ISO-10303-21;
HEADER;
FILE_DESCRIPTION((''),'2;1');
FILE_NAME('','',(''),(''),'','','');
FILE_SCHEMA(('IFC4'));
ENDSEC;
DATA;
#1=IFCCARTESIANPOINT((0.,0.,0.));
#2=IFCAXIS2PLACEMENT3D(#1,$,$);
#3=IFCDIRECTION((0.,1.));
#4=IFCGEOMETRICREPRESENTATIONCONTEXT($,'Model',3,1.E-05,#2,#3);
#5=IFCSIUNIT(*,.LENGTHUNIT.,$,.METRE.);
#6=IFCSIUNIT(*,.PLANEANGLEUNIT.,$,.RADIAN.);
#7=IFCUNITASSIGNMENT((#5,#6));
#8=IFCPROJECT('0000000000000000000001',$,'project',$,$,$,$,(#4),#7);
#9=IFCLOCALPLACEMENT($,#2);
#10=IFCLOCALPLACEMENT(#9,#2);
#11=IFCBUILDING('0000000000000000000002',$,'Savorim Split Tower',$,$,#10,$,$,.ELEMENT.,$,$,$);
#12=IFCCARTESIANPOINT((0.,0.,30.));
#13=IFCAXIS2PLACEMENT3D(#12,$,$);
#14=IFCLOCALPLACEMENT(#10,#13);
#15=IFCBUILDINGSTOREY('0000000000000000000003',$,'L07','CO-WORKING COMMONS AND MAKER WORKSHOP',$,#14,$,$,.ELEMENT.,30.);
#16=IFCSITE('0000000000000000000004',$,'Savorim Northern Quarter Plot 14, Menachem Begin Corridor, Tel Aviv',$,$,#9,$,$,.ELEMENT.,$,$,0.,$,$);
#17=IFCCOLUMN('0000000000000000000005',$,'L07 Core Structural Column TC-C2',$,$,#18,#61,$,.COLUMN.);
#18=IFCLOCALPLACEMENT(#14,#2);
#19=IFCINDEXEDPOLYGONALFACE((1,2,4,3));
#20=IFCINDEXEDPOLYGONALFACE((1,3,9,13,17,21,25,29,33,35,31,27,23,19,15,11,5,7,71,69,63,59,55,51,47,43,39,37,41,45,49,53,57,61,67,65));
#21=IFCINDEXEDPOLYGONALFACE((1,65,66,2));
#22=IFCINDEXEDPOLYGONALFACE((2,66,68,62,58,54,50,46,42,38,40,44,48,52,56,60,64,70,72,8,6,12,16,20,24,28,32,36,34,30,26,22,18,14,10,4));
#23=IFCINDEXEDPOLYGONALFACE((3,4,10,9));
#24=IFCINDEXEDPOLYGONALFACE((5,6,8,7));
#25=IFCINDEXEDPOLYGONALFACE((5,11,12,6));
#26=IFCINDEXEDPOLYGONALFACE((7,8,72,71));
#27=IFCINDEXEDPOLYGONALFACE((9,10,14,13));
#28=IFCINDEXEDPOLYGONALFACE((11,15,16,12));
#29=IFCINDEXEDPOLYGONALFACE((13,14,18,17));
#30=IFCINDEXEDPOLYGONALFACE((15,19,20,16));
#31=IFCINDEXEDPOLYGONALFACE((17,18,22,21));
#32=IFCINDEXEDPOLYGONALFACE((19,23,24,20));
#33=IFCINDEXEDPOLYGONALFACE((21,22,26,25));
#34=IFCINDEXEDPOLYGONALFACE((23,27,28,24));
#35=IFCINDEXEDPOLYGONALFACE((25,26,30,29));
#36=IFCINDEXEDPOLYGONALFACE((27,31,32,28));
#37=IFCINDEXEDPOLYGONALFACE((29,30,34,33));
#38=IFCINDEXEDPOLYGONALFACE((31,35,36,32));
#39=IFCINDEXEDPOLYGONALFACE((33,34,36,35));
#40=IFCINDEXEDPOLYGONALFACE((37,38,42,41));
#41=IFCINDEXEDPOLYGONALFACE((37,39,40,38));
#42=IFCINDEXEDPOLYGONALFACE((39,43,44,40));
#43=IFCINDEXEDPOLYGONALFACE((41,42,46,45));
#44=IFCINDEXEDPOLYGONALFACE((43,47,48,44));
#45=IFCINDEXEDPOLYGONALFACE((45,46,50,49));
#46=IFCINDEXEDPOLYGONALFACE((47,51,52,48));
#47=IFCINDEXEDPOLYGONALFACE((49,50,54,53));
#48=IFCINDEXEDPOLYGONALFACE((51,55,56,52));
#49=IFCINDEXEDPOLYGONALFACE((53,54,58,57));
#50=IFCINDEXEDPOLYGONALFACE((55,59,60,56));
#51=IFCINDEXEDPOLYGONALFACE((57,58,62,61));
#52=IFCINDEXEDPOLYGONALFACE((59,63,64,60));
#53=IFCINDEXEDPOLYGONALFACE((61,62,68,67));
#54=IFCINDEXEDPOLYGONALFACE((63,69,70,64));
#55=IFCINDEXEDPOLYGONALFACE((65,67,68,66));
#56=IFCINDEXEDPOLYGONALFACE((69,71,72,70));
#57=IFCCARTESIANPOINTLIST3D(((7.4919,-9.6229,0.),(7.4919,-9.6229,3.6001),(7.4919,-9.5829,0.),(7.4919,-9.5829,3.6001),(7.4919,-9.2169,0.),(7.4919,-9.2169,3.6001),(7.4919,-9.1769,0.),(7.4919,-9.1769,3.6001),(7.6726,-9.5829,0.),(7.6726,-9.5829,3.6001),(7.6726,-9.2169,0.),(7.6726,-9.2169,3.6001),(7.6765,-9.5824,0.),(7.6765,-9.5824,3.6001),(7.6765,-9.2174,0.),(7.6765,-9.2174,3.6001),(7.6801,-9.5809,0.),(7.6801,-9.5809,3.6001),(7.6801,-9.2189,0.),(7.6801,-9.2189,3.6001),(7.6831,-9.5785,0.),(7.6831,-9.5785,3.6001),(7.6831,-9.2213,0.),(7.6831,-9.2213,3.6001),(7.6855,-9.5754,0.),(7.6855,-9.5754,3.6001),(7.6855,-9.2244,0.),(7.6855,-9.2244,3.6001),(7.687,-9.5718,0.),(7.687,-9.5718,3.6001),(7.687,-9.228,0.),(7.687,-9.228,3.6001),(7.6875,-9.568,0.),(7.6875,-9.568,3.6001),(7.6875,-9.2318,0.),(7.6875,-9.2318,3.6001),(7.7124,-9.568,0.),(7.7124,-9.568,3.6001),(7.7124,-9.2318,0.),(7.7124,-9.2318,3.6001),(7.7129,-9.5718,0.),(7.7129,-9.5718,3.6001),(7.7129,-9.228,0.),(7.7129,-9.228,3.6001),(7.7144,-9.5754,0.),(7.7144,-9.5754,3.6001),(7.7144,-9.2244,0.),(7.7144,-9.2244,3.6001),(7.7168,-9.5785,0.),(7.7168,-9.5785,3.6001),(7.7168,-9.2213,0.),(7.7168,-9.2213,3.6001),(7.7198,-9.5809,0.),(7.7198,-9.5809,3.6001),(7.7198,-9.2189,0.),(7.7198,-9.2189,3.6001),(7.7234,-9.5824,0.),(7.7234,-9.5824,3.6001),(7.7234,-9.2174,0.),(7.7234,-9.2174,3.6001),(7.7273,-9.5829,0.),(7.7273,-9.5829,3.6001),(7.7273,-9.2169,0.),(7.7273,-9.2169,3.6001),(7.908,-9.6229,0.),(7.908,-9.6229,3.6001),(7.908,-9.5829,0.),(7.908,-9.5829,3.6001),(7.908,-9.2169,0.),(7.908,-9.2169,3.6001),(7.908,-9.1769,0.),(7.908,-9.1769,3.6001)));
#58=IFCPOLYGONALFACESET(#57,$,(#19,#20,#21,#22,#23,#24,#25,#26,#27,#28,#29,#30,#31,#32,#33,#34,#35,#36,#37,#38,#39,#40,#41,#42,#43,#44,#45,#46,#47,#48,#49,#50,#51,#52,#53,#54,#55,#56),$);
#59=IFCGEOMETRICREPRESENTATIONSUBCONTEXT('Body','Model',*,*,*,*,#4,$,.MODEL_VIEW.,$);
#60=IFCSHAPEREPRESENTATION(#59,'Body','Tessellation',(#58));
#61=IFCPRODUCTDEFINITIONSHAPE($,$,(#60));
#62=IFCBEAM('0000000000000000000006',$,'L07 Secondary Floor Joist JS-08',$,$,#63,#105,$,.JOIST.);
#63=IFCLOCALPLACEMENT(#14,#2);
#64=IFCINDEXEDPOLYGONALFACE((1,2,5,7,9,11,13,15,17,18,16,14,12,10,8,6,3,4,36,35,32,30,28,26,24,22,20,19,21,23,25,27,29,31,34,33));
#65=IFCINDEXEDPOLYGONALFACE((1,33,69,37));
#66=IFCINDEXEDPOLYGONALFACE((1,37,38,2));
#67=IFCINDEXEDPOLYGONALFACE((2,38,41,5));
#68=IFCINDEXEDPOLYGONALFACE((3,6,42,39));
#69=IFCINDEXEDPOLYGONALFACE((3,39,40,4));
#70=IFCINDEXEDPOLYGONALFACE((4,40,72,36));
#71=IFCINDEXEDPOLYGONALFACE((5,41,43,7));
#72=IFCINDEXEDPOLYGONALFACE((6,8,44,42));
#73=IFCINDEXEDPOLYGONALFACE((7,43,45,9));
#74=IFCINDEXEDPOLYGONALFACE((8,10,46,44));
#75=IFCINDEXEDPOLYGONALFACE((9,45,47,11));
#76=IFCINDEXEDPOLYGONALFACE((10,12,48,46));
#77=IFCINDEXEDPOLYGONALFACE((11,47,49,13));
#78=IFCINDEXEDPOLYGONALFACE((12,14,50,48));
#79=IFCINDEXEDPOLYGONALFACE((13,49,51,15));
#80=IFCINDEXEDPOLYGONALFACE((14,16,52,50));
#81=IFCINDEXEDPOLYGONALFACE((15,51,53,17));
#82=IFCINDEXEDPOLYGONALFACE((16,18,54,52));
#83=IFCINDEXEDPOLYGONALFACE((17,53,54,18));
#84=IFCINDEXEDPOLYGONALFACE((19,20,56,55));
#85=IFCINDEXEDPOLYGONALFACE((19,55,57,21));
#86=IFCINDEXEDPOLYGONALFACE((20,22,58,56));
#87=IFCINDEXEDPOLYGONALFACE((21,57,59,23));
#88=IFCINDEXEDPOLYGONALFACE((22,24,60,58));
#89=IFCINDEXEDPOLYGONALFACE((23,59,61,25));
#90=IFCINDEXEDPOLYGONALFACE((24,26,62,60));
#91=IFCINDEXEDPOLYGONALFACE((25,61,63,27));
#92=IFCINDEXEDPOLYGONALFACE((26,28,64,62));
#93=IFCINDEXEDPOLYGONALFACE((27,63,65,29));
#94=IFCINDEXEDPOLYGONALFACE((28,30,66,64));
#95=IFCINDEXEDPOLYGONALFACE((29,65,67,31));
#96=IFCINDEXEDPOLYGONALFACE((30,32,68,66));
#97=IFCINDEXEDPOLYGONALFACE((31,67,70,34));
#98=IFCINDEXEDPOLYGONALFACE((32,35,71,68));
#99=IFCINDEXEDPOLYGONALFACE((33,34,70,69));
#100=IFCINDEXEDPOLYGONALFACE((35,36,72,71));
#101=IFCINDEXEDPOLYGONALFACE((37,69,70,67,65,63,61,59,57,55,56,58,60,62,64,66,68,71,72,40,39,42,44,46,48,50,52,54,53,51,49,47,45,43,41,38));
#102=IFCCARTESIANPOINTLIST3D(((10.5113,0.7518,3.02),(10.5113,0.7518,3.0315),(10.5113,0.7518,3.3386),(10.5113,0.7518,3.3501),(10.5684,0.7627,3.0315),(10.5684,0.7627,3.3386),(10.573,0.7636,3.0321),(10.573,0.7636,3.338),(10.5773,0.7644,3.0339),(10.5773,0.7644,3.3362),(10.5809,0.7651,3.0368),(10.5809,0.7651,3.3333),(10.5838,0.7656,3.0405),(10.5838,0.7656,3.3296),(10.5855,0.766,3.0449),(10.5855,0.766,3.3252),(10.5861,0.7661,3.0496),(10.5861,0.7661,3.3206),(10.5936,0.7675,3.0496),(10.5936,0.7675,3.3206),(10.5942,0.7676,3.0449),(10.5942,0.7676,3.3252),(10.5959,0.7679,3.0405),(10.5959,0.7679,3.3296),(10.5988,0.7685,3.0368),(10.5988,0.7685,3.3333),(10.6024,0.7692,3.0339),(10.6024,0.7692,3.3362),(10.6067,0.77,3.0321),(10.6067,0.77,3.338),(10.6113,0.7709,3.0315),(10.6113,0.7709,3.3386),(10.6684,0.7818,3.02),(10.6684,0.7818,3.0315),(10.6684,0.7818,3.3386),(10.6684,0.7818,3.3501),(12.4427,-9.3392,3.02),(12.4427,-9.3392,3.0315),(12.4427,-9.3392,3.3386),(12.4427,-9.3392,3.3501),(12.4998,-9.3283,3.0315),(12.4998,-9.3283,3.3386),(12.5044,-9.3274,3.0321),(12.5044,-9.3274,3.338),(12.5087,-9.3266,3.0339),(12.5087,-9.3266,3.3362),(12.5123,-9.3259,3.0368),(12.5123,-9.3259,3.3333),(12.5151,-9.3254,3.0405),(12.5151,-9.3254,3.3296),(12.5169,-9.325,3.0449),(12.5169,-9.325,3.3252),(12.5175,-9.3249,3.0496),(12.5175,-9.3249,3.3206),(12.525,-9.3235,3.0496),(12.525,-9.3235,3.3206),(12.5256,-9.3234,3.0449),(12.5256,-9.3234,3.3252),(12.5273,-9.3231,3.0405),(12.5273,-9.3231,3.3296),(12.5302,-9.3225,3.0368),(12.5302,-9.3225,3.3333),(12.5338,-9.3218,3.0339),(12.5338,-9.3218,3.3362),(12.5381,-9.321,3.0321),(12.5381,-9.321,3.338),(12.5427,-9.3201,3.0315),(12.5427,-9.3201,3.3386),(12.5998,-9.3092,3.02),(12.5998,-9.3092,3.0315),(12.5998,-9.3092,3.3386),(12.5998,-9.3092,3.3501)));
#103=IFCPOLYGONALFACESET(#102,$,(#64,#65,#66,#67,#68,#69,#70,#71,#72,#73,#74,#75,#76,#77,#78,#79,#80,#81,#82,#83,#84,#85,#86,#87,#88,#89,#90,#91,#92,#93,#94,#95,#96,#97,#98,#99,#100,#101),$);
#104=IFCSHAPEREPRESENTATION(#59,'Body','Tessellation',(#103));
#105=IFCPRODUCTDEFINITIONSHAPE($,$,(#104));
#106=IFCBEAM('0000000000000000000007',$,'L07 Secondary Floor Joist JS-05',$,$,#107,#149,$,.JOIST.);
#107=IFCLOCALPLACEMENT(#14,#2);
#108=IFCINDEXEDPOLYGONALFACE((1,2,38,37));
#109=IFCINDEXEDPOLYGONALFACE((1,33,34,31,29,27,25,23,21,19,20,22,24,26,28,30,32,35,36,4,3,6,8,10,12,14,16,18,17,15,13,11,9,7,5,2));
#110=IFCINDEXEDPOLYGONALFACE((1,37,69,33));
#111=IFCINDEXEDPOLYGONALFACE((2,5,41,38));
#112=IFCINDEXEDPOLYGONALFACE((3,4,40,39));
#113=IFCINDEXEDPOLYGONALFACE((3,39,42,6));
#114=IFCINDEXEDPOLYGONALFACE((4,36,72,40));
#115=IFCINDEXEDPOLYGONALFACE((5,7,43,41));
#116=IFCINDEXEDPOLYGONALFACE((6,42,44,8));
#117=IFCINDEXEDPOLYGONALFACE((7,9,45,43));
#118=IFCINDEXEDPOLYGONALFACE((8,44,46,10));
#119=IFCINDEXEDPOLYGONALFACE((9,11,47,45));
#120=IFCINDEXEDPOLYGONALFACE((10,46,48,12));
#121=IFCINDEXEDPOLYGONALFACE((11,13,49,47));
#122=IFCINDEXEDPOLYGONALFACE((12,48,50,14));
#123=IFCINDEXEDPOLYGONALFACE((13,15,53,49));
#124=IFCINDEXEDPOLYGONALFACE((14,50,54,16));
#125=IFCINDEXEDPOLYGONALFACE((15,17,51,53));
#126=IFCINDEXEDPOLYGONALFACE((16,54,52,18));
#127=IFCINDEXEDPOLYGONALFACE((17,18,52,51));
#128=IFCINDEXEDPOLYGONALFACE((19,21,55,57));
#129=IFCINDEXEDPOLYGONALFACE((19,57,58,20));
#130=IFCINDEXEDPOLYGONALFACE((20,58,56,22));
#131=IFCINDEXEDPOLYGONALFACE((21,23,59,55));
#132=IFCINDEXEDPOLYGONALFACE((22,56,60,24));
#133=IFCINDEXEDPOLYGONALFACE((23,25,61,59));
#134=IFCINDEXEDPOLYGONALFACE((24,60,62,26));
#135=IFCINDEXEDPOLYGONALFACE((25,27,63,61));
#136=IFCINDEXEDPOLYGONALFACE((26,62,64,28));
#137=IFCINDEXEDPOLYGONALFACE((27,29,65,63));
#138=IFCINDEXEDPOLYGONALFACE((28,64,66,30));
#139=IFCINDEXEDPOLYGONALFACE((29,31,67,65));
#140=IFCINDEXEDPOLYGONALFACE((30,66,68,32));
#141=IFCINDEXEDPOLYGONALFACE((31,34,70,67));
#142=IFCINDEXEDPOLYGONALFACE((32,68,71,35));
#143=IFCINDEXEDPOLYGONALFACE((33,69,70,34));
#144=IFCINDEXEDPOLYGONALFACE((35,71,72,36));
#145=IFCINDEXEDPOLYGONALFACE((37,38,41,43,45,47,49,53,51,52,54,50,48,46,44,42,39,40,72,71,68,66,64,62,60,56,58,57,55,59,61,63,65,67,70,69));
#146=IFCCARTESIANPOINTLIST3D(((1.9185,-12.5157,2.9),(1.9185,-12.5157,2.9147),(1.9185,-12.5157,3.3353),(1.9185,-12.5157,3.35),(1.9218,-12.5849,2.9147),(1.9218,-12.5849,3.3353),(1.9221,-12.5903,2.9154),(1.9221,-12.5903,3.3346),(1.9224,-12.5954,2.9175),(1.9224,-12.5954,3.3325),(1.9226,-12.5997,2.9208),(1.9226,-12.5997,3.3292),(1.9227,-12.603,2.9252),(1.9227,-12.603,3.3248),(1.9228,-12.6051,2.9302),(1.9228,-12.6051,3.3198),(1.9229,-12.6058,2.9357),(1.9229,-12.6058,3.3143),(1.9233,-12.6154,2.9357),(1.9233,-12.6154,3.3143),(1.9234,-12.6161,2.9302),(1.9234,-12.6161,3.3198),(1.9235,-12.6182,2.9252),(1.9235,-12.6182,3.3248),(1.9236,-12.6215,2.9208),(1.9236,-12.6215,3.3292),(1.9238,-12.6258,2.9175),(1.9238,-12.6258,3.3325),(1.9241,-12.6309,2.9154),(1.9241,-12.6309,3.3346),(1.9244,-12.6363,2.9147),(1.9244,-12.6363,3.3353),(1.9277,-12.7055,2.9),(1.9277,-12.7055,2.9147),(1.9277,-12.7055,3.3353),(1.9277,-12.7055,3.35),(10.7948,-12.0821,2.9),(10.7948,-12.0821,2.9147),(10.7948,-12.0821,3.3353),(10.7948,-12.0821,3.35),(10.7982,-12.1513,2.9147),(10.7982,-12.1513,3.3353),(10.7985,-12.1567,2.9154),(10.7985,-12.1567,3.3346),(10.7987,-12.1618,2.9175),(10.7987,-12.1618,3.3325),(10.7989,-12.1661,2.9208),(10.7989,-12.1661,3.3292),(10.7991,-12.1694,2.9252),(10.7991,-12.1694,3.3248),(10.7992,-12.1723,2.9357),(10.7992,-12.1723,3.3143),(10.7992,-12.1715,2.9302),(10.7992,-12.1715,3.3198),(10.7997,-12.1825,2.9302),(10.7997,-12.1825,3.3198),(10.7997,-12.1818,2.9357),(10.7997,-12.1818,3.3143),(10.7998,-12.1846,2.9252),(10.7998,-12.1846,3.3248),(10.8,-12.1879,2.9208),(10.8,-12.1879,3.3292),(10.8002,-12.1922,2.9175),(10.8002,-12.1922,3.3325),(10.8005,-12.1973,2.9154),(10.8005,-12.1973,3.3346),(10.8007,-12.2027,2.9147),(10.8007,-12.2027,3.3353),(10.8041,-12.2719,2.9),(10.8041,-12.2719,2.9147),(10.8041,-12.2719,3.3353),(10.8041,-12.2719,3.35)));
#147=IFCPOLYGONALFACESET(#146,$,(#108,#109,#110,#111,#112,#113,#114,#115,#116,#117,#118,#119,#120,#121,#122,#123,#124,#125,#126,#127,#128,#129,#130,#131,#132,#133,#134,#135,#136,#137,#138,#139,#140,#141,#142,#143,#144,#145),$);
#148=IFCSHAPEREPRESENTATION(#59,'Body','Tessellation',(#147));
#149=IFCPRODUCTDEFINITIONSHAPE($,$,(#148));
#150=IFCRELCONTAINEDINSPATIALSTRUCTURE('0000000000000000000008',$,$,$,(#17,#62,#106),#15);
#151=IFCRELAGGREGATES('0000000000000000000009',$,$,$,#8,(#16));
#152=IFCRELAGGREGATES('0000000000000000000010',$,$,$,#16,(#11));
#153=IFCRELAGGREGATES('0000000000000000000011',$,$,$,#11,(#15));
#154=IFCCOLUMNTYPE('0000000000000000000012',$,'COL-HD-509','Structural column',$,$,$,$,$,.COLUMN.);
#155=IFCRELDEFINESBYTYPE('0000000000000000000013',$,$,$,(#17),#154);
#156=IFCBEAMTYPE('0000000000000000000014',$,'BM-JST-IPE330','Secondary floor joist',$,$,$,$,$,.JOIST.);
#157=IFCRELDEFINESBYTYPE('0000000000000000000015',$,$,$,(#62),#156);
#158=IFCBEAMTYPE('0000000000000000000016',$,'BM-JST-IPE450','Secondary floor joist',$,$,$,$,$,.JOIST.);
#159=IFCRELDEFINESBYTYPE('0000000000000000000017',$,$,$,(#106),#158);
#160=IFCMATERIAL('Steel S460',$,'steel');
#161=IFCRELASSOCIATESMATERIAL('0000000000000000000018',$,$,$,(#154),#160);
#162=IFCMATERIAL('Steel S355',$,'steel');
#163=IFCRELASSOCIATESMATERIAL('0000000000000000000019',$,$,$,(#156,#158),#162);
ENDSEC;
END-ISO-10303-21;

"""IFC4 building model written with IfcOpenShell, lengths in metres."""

from ifc_helpers import new_model, si_unit, direction, frame, origin, origin_2d, place, context, subcontext, project, spatial, i_section, extrude, material, material_profile, profile_set, type_object, element, save


model = new_model("IFC4")

# Units and contexts
model_context = context("Model", 3, precision=1e-05, world=origin(), true_north=direction((0.0, 1.0)))
body_context = subcontext(model_context, "Body", "Model", "MODEL_VIEW")
ifc_project = project(units=[si_unit("LENGTHUNIT", "METRE"), si_unit("PLANEANGLEUNIT", "RADIAN")], contexts=[model_context])

# Site, building, storey
site_placement = place(None, origin())
site = spatial("IfcSite", under=ifc_project, at=site_placement, Name="Savorim Northern Quarter Plot 14, Menachem Begin Corridor, Tel Aviv", CompositionType="ELEMENT", RefElevation=0.0)
building_placement = place(site_placement, origin())
building = spatial("IfcBuilding", under=site, at=building_placement, Name="Savorim Split Tower", CompositionType="ELEMENT")
storey_placement = place(building_placement, frame((0.0, 0.0, 30.0)))
storey = spatial("IfcBuildingStorey", under=building, at=storey_placement, Name="L07", Description="CO-WORKING COMMONS AND MAKER WORKSHOP", CompositionType="ELEMENT", Elevation=30.0)

# Column
ifc_material_1 = material(Name="Steel S460", Category="steel")
ifc_material_profile_1 = material_profile(ifc_material_1, i_section(OverallWidth=0.416, OverallDepth=0.446, WebThickness=0.0249, FlangeThickness=0.04, FilletRadius=0.0149, at=origin_2d()), Name="HD 400x509")
ifc_profile_set_1 = profile_set([ifc_material_profile_1], Name="Steel S460")
column_type = type_object("IfcColumnType", Name="COL-HD-509", Description="Structural column", PredefinedType="COLUMN", material=ifc_profile_set_1)
column_placement = place(storey_placement, frame((7.7, -9.3999, 0.0), z_axis=(0.0, 0.0, 1.0), x_axis=(1.0, 0.0, 0.0)))
element("IfcColumn", 1, at=column_placement, inside=storey, type_object=column_type, Name="L07 Core Structural Column TC-C2", PredefinedType="COLUMN", context=body_context, shape_type="SweptSolid", body=[
    extrude(i_section(OverallWidth=0.416, OverallDepth=0.446, WebThickness=0.0249, FlangeThickness=0.04, FilletRadius=0.0149, at=origin_2d()), origin(), (0.0, 0.0, 1.0), 3.6001),
])

# Beams
ifc_material_2 = material(Name="Steel S355", Category="steel")
ifc_material_profile_2 = material_profile(ifc_material_2, i_section(OverallWidth=0.1599, OverallDepth=0.3301, WebThickness=0.0076, FlangeThickness=0.0115, FilletRadius=0.0181, at=origin_2d()), Name="IPE 330")
ifc_profile_set_2 = profile_set([ifc_material_profile_2], Name="Steel S355")
beam_type_1 = type_object("IfcBeamType", Name="BM-JST-IPE330", Description="Secondary floor joist", PredefinedType="JOIST", material=ifc_profile_set_2)
beam_1_placement = place(storey_placement, frame((12.5212, -9.3242, 3.1851), z_axis=(-0.187984, 0.982172, 0.0), x_axis=(-0.982172, -0.187984, 0.0)))
element("IfcBeam", 2, at=beam_1_placement, inside=storey, type_object=beam_type_1, Name="L07 Secondary Floor Joist JS-08", PredefinedType="JOIST", context=body_context, shape_type="SweptSolid", body=[
    extrude(i_section(OverallWidth=0.1599, OverallDepth=0.3301, WebThickness=0.0076, FlangeThickness=0.0115, FilletRadius=0.0181, at=origin_2d()), origin(), (0.0, 0.0, 1.0), 10.2742),
])
ifc_material_profile_3 = material_profile(ifc_material_2, i_section(OverallWidth=0.1899, OverallDepth=0.45, WebThickness=0.0095, FlangeThickness=0.0146, FilletRadius=0.021, at=origin_2d()), Name="IPE 450")
ifc_profile_set_3 = profile_set([ifc_material_profile_3], Name="Steel S355")
beam_type_2 = type_object("IfcBeamType", Name="BM-JST-IPE450", Description="Secondary floor joist", PredefinedType="JOIST", material=ifc_profile_set_3)
beam_2_placement = place(storey_placement, frame((1.9231, -12.6106, 3.125), z_axis=(0.998809, 0.048789, 0.0), x_axis=(-0.048789, 0.998809, 0.0)))
element("IfcBeam", 3, at=beam_2_placement, inside=storey, type_object=beam_type_2, Name="L07 Secondary Floor Joist JS-05", PredefinedType="JOIST", context=body_context, shape_type="SweptSolid", body=[
    extrude(i_section(OverallWidth=0.1899, OverallDepth=0.45, WebThickness=0.0095, FlangeThickness=0.0146, FilletRadius=0.021, at=origin_2d()), origin(), (0.0, 0.0, 1.0), 8.887),
])

save(model, "model.ifc")
